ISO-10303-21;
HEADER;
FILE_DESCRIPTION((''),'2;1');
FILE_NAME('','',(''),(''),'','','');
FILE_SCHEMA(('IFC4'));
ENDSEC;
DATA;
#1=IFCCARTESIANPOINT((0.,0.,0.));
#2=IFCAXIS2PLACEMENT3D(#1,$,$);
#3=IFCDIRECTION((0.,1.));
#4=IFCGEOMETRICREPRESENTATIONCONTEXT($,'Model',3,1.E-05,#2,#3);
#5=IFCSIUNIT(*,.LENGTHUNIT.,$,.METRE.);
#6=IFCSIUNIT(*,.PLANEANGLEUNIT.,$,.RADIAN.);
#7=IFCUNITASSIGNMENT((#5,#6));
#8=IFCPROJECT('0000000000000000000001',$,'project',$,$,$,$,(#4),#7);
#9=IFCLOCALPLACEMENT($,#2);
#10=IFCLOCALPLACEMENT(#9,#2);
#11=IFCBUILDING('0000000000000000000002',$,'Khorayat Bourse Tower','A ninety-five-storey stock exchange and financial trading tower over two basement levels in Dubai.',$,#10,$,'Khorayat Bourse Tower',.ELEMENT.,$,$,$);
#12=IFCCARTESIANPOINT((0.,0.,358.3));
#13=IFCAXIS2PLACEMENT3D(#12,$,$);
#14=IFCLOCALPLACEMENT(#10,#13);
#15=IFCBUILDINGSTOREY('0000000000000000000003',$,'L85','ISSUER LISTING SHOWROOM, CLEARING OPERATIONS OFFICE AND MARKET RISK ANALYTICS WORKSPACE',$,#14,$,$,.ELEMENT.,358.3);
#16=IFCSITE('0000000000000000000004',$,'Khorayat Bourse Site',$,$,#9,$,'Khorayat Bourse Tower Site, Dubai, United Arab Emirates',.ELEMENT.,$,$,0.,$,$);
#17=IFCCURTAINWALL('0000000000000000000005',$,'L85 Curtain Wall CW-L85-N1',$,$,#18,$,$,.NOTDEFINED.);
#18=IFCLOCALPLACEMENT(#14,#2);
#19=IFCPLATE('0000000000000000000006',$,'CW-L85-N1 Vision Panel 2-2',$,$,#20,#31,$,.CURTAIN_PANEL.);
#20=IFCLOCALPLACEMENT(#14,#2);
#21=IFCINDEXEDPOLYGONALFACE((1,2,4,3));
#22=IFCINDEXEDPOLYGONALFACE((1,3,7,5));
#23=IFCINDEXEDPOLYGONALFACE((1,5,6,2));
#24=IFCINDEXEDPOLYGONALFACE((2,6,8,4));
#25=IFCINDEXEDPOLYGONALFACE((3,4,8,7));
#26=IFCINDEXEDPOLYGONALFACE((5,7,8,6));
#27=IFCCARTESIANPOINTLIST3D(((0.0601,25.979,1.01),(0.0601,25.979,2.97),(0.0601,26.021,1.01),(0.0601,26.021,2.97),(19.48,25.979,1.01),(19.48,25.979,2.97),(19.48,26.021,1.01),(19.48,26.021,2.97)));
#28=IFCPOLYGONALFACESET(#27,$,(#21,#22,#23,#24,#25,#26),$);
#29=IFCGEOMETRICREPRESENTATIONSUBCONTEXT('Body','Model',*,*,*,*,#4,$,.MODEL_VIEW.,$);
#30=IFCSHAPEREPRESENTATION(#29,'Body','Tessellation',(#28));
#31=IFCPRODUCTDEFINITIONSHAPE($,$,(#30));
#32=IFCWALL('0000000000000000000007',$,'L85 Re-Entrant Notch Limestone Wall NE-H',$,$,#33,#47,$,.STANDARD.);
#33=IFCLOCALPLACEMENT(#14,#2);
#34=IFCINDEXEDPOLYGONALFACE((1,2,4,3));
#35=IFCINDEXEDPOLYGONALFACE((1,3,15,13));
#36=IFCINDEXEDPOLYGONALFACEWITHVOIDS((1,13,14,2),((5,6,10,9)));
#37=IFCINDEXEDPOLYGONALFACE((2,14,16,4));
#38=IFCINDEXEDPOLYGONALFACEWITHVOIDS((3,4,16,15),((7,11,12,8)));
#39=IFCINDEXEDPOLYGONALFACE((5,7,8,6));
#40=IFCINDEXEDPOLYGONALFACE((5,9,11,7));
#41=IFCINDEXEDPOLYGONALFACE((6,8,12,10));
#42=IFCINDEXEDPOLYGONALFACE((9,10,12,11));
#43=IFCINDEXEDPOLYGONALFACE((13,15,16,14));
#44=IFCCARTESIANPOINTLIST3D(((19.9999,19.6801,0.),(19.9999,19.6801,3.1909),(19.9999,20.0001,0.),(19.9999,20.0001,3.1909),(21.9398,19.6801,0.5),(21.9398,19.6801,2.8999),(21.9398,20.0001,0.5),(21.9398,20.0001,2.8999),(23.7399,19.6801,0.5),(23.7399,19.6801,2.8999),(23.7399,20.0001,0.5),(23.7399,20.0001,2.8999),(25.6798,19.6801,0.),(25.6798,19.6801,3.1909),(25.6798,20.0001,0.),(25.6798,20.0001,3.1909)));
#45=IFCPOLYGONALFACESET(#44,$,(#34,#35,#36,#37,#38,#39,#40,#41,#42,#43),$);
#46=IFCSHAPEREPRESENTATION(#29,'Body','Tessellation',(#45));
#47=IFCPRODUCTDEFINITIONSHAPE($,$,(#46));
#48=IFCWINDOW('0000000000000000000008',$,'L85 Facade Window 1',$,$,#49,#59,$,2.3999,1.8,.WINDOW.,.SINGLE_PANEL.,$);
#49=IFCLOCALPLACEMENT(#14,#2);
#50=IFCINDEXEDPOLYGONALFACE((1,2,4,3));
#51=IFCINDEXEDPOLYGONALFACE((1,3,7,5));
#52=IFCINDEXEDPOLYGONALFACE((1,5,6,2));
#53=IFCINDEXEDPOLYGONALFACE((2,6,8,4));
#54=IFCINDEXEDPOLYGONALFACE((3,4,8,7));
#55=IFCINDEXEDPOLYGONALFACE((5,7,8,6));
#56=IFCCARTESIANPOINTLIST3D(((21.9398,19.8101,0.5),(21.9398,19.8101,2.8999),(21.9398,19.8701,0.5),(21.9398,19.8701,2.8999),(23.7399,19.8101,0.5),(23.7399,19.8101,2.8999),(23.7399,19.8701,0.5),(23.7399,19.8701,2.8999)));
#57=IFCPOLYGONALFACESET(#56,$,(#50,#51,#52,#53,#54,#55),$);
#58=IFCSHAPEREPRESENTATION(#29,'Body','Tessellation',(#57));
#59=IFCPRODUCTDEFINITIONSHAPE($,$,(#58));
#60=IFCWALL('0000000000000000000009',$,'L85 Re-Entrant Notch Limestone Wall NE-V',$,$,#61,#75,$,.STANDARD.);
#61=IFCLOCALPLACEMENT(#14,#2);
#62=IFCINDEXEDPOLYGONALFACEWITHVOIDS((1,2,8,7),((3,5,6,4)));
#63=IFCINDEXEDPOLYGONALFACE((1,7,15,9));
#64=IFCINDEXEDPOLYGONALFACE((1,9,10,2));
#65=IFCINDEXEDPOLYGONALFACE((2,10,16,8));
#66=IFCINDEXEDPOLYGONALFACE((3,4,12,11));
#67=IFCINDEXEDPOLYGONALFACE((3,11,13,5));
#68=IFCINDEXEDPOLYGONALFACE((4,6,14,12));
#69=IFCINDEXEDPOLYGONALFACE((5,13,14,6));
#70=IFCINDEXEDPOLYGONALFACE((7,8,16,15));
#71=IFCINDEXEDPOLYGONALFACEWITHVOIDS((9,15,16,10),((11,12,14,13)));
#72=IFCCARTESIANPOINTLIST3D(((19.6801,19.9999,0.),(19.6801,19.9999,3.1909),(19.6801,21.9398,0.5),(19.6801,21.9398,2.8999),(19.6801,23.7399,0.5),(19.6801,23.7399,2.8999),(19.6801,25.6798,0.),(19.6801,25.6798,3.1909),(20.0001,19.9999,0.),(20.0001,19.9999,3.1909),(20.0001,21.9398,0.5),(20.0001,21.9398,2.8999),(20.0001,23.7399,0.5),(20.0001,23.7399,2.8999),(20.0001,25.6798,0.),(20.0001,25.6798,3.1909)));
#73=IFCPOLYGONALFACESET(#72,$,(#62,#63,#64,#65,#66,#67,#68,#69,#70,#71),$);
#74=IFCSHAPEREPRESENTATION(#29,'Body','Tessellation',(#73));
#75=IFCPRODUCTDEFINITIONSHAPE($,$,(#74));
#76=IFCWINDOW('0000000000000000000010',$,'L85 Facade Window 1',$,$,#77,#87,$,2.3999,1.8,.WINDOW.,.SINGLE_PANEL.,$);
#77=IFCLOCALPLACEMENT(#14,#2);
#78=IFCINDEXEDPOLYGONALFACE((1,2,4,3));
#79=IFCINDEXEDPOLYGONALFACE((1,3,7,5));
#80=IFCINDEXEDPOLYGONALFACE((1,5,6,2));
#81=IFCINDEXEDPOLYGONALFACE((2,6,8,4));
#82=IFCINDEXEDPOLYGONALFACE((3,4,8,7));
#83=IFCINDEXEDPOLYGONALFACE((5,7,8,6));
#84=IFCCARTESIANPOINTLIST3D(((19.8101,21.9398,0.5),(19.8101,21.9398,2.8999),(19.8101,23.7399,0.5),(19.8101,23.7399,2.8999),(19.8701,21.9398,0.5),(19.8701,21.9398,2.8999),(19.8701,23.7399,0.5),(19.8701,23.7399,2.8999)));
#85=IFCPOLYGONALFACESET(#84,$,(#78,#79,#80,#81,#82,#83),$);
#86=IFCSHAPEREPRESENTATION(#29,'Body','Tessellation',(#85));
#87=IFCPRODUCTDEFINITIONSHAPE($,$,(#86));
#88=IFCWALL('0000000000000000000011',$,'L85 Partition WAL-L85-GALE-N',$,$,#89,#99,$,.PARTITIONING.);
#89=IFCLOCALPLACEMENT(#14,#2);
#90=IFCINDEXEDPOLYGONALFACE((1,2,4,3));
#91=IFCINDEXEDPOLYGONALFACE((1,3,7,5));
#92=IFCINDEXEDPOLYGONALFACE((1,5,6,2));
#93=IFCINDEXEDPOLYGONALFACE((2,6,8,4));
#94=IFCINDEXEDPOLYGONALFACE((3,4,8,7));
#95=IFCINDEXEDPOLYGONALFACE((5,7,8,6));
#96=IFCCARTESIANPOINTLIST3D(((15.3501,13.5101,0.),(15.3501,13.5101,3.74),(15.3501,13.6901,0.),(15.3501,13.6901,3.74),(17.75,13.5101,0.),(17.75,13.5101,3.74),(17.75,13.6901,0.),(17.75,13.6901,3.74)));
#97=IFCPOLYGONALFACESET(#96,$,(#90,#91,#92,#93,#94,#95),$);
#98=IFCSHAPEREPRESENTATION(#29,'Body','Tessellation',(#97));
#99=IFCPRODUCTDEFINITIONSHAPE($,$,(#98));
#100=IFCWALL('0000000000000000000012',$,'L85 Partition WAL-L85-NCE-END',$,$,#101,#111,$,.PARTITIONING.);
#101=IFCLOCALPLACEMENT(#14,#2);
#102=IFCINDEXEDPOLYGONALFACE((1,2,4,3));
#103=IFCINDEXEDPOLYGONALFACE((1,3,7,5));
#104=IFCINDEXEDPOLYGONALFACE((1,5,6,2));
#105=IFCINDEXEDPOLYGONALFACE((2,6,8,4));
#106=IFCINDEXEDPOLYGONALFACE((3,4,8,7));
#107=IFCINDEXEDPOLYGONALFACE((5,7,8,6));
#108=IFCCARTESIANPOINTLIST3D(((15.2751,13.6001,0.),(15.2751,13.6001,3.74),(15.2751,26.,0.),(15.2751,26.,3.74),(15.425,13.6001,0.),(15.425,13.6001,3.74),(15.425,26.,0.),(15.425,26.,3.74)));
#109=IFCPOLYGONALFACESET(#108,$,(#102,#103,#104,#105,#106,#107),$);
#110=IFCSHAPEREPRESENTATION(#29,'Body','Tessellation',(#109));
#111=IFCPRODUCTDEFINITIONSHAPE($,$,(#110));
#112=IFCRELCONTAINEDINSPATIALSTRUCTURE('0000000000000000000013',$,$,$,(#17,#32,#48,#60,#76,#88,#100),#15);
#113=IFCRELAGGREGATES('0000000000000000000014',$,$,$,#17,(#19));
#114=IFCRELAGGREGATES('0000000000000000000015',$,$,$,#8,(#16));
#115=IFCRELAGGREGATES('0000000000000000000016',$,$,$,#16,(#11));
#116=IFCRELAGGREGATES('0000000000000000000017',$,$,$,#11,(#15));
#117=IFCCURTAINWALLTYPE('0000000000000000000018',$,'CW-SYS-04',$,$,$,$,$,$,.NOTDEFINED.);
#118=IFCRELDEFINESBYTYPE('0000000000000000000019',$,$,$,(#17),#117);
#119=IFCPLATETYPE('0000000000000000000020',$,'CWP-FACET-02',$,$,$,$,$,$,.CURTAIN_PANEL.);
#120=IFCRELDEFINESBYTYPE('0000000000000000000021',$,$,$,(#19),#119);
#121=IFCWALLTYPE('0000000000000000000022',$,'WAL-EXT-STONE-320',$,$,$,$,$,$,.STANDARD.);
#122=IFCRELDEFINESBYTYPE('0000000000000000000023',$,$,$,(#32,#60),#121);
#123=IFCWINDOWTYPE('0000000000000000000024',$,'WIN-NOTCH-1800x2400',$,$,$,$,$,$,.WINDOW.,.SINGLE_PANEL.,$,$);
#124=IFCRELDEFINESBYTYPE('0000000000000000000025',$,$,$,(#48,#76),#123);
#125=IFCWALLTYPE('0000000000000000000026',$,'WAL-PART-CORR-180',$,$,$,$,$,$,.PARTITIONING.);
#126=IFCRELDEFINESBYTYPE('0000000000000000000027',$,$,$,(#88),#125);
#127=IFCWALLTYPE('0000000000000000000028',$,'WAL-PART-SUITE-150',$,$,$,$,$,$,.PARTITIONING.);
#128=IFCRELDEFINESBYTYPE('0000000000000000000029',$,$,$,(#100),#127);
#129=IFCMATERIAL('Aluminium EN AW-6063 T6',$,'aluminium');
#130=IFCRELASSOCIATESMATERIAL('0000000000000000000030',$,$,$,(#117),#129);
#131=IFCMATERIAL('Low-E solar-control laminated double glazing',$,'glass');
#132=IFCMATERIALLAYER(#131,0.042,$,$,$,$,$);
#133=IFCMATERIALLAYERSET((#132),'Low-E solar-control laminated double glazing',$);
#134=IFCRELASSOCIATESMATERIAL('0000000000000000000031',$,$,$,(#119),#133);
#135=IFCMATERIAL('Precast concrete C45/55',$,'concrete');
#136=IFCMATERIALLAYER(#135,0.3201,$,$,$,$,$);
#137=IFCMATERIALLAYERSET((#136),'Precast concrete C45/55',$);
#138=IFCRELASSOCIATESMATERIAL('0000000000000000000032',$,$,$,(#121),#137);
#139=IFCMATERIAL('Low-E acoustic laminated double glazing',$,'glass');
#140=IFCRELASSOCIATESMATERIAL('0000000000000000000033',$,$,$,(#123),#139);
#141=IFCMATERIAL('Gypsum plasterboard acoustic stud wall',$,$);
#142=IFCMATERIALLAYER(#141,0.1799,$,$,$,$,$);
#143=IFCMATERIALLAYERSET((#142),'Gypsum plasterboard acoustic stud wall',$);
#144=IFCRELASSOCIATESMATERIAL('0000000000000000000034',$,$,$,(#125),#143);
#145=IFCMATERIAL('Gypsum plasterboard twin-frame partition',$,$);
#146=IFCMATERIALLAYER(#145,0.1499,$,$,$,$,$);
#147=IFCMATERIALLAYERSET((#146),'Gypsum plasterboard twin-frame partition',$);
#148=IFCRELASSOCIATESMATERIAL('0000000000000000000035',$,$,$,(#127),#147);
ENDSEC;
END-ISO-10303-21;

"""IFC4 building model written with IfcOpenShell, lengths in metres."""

from ifc_helpers import new_model, si_unit, direction, frame, frame_2d, origin, origin_2d, place, context, subcontext, project, spatial, rectangle, extrude, source, transform, mapped, material, layer, layer_set, type_object, element, fill, aggregate, save


model = new_model("IFC4")

# Units and contexts
model_context = context("Model", 3, precision=1e-05, world=origin(), true_north=direction((0.0, 1.0)))
body_context = subcontext(model_context, "Body", "Model", "MODEL_VIEW")
ifc_project = project(units=[si_unit("LENGTHUNIT", "METRE"), si_unit("PLANEANGLEUNIT", "RADIAN")], contexts=[model_context])

# Site, building, storey
site_placement = place(None, origin())
site = spatial("IfcSite", under=ifc_project, at=site_placement, Name="Khorayat Bourse Site", LongName="Khorayat Bourse Tower Site, Dubai, United Arab Emirates", CompositionType="ELEMENT", RefElevation=0.0)
building_placement = place(site_placement, origin())
building = spatial("IfcBuilding", under=site, at=building_placement, Name="Khorayat Bourse Tower", Description="A ninety-five-storey stock exchange and financial trading tower over two basement levels in Dubai.", LongName="Khorayat Bourse Tower", CompositionType="ELEMENT")
storey_placement = place(building_placement, frame((0.0, 0.0, 358.3)))
storey = spatial("IfcBuildingStorey", under=building, at=storey_placement, Name="L85", Description="ISSUER LISTING SHOWROOM, CLEARING OPERATIONS OFFICE AND MARKET RISK ANALYTICS WORKSPACE", CompositionType="ELEMENT", Elevation=358.3)

# Curtain wall
ifc_material_1 = material(Name="Aluminium EN AW-6063 T6", Category="aluminium")
curtain_wall_type = type_object("IfcCurtainWallType", Name="CW-SYS-04", PredefinedType="NOTDEFINED", material=ifc_material_1)
curtain_wall_1_placement = place(storey_placement, origin())
curtain_wall_1 = element("IfcCurtainWall", 1, at=curtain_wall_1_placement, inside=storey, type_object=curtain_wall_type, Name="L85 Curtain Wall CW-L85-N1", PredefinedType="NOTDEFINED")

# Plate
ifc_material_2 = material(Name="Low-E solar-control laminated double glazing", Category="glass")
ifc_layer_1 = layer(ifc_material_2, 0.042)
ifc_layer_set_1 = layer_set([ifc_layer_1], Name="Low-E solar-control laminated double glazing")
plate_type_1 = type_object("IfcPlateType", Name="CWP-FACET-02", PredefinedType="CURTAIN_PANEL", material=ifc_layer_set_1)
shared_shape_1 = source(origin(), body_context, "Body", "SweptSolid", [
    extrude(rectangle(XDim=19.4199, YDim=0.042, at=origin_2d()), origin(), (0.0, 0.0, 1.0), 1.96),
])
plate_placement = place(storey_placement, frame((9.77, 26.0, 1.01), z_axis=(0.0, 0.0, 1.0), x_axis=(1.0, 0.0, 0.0)))
plate = element("IfcPlate", 2, at=plate_placement, type_object=plate_type_1, Name="CW-L85-N1 Vision Panel 2-2", PredefinedType="CURTAIN_PANEL", context=body_context, shape_type="MappedRepresentation", body=[
    mapped(shared_shape_1, transform((0.0, 0.0, 0.0), scale=1.0)),
])
aggregate(curtain_wall_1, [plate])

# Walls, openings, windows
ifc_material_3 = material(Name="Precast concrete C45/55", Category="concrete")
ifc_layer_2 = layer(ifc_material_3, 0.3201)
ifc_layer_set_2 = layer_set([ifc_layer_2], Name="Precast concrete C45/55")
wall_type_1 = type_object("IfcWallType", Name="WAL-EXT-STONE-320", PredefinedType="STANDARD", material=ifc_layer_set_2)
shared_shape_2 = source(origin(), body_context, "Body", "SweptSolid", [
    extrude(rectangle(XDim=5.6799, YDim=0.3201, at=frame_2d((2.8398, 0.0))), origin(), (0.0, 0.0, 1.0), 3.1909),
])
wall_1_placement = place(storey_placement, frame((20.0, 19.8401, 0.0), z_axis=(0.0, 0.0, 1.0), x_axis=(1.0, 0.0, 0.0)))
wall_1 = element("IfcWall", 3, at=wall_1_placement, inside=storey, type_object=wall_type_1, Name="L85 Re-Entrant Notch Limestone Wall NE-H", PredefinedType="STANDARD", context=body_context, shape_type="MappedRepresentation", body=[
    mapped(shared_shape_2, transform((0.0, 0.0, 0.0), scale=1.0)),
])
shared_shape_3 = source(origin(), body_context, "Body", "SweptSolid", [
    extrude(rectangle(XDim=1.8, YDim=2.3999, at=frame_2d((0.8999, 1.2))), frame((0.0, 0.1699, 0.0), z_axis=(0.0, -1.0, 0.0), x_axis=(1.0, 0.0, 0.0)), (0.0, 0.0, 1.0), 0.3401),
])
opening_1_placement = place(wall_1_placement, frame((1.9399, 0.0, 0.5)))
opening_1 = element("IfcOpeningElement", 4, at=opening_1_placement, cuts=wall_1, PredefinedType="OPENING", context=body_context, shape_type="MappedRepresentation", body=[
    mapped(shared_shape_3, transform((0.0, 0.0, 0.0), scale=1.0)),
])
ifc_material_4 = material(Name="Low-E acoustic laminated double glazing", Category="glass")
window_type = type_object("IfcWindowType", Name="WIN-NOTCH-1800x2400", PartitioningType="SINGLE_PANEL", PredefinedType="WINDOW", material=ifc_material_4)
shared_shape_4 = source(origin(), body_context, "Body", "SweptSolid", [
    extrude(rectangle(XDim=1.8, YDim=2.3999, at=frame_2d((0.8999, 1.2))), frame((0.0, 0.03, 0.0), z_axis=(0.0, -1.0, 0.0), x_axis=(1.0, 0.0, 0.0)), (0.0, 0.0, 1.0), 0.0601),
])
window_1_placement = place(opening_1_placement, origin())
window_1 = element("IfcWindow", 5, at=window_1_placement, inside=storey, type_object=window_type, Name="L85 Facade Window 1", OverallHeight=2.3999, OverallWidth=1.8, PartitioningType="SINGLE_PANEL", PredefinedType="WINDOW", context=body_context, shape_type="MappedRepresentation", body=[
    mapped(shared_shape_4, transform((0.0, 0.0, 0.0), scale=1.0)),
])
fill(opening_1, window_1)
wall_2_placement = place(storey_placement, frame((19.8401, 20.0, 0.0), z_axis=(0.0, 0.0, 1.0), x_axis=(0.0, 1.0, 0.0)))
wall_2 = element("IfcWall", 6, at=wall_2_placement, inside=storey, type_object=wall_type_1, Name="L85 Re-Entrant Notch Limestone Wall NE-V", PredefinedType="STANDARD", context=body_context, shape_type="MappedRepresentation", body=[
    mapped(shared_shape_2, transform((0.0, 0.0, 0.0), scale=1.0)),
])
opening_2_placement = place(wall_2_placement, frame((1.9399, 0.0, 0.5)))
opening_2 = element("IfcOpeningElement", 7, at=opening_2_placement, cuts=wall_2, PredefinedType="OPENING", context=body_context, shape_type="MappedRepresentation", body=[
    mapped(shared_shape_3, transform((0.0, 0.0, 0.0), scale=1.0)),
])
window_2_placement = place(opening_2_placement, origin())
window_2 = element("IfcWindow", 8, at=window_2_placement, inside=storey, type_object=window_type, Name="L85 Facade Window 1", OverallHeight=2.3999, OverallWidth=1.8, PartitioningType="SINGLE_PANEL", PredefinedType="WINDOW", context=body_context, shape_type="MappedRepresentation", body=[
    mapped(shared_shape_4, transform((0.0, 0.0, 0.0), scale=1.0)),
])
fill(opening_2, window_2)

# Walls
ifc_material_5 = material(Name="Gypsum plasterboard acoustic stud wall")
ifc_layer_3 = layer(ifc_material_5, 0.1799)
ifc_layer_set_3 = layer_set([ifc_layer_3], Name="Gypsum plasterboard acoustic stud wall")
wall_type_2 = type_object("IfcWallType", Name="WAL-PART-CORR-180", PredefinedType="PARTITIONING", material=ifc_layer_set_3)
shared_shape_5 = source(origin(), body_context, "Body", "SweptSolid", [
    extrude(rectangle(XDim=2.3999, YDim=0.1799, at=frame_2d((1.2, 0.0))), origin(), (0.0, 0.0, 1.0), 3.74),
])
wall_3_placement = place(storey_placement, frame((15.3501, 13.6001, 0.0), z_axis=(0.0, 0.0, 1.0), x_axis=(1.0, 0.0, 0.0)))
element("IfcWall", 9, at=wall_3_placement, inside=storey, type_object=wall_type_2, Name="L85 Partition WAL-L85-GALE-N", PredefinedType="PARTITIONING", context=body_context, shape_type="MappedRepresentation", body=[
    mapped(shared_shape_5, transform((0.0, 0.0, 0.0), scale=1.0)),
])
ifc_material_6 = material(Name="Gypsum plasterboard twin-frame partition")
ifc_layer_4 = layer(ifc_material_6, 0.1499)
ifc_layer_set_4 = layer_set([ifc_layer_4], Name="Gypsum plasterboard twin-frame partition")
wall_type_3 = type_object("IfcWallType", Name="WAL-PART-SUITE-150", PredefinedType="PARTITIONING", material=ifc_layer_set_4)
shared_shape_6 = source(origin(), body_context, "Body", "SweptSolid", [
    extrude(rectangle(XDim=12.3999, YDim=0.1499, at=frame_2d((6.2, 0.0))), origin(), (0.0, 0.0, 1.0), 3.74),
])
wall_4_placement = place(storey_placement, frame((15.3501, 13.6001, 0.0), z_axis=(0.0, 0.0, 1.0), x_axis=(0.0, 1.0, 0.0)))
element("IfcWall", 10, at=wall_4_placement, inside=storey, type_object=wall_type_3, Name="L85 Partition WAL-L85-NCE-END", PredefinedType="PARTITIONING", context=body_context, shape_type="MappedRepresentation", body=[
    mapped(shared_shape_6, transform((0.0, 0.0, 0.0), scale=1.0)),
])

save(model, "model.ifc")
